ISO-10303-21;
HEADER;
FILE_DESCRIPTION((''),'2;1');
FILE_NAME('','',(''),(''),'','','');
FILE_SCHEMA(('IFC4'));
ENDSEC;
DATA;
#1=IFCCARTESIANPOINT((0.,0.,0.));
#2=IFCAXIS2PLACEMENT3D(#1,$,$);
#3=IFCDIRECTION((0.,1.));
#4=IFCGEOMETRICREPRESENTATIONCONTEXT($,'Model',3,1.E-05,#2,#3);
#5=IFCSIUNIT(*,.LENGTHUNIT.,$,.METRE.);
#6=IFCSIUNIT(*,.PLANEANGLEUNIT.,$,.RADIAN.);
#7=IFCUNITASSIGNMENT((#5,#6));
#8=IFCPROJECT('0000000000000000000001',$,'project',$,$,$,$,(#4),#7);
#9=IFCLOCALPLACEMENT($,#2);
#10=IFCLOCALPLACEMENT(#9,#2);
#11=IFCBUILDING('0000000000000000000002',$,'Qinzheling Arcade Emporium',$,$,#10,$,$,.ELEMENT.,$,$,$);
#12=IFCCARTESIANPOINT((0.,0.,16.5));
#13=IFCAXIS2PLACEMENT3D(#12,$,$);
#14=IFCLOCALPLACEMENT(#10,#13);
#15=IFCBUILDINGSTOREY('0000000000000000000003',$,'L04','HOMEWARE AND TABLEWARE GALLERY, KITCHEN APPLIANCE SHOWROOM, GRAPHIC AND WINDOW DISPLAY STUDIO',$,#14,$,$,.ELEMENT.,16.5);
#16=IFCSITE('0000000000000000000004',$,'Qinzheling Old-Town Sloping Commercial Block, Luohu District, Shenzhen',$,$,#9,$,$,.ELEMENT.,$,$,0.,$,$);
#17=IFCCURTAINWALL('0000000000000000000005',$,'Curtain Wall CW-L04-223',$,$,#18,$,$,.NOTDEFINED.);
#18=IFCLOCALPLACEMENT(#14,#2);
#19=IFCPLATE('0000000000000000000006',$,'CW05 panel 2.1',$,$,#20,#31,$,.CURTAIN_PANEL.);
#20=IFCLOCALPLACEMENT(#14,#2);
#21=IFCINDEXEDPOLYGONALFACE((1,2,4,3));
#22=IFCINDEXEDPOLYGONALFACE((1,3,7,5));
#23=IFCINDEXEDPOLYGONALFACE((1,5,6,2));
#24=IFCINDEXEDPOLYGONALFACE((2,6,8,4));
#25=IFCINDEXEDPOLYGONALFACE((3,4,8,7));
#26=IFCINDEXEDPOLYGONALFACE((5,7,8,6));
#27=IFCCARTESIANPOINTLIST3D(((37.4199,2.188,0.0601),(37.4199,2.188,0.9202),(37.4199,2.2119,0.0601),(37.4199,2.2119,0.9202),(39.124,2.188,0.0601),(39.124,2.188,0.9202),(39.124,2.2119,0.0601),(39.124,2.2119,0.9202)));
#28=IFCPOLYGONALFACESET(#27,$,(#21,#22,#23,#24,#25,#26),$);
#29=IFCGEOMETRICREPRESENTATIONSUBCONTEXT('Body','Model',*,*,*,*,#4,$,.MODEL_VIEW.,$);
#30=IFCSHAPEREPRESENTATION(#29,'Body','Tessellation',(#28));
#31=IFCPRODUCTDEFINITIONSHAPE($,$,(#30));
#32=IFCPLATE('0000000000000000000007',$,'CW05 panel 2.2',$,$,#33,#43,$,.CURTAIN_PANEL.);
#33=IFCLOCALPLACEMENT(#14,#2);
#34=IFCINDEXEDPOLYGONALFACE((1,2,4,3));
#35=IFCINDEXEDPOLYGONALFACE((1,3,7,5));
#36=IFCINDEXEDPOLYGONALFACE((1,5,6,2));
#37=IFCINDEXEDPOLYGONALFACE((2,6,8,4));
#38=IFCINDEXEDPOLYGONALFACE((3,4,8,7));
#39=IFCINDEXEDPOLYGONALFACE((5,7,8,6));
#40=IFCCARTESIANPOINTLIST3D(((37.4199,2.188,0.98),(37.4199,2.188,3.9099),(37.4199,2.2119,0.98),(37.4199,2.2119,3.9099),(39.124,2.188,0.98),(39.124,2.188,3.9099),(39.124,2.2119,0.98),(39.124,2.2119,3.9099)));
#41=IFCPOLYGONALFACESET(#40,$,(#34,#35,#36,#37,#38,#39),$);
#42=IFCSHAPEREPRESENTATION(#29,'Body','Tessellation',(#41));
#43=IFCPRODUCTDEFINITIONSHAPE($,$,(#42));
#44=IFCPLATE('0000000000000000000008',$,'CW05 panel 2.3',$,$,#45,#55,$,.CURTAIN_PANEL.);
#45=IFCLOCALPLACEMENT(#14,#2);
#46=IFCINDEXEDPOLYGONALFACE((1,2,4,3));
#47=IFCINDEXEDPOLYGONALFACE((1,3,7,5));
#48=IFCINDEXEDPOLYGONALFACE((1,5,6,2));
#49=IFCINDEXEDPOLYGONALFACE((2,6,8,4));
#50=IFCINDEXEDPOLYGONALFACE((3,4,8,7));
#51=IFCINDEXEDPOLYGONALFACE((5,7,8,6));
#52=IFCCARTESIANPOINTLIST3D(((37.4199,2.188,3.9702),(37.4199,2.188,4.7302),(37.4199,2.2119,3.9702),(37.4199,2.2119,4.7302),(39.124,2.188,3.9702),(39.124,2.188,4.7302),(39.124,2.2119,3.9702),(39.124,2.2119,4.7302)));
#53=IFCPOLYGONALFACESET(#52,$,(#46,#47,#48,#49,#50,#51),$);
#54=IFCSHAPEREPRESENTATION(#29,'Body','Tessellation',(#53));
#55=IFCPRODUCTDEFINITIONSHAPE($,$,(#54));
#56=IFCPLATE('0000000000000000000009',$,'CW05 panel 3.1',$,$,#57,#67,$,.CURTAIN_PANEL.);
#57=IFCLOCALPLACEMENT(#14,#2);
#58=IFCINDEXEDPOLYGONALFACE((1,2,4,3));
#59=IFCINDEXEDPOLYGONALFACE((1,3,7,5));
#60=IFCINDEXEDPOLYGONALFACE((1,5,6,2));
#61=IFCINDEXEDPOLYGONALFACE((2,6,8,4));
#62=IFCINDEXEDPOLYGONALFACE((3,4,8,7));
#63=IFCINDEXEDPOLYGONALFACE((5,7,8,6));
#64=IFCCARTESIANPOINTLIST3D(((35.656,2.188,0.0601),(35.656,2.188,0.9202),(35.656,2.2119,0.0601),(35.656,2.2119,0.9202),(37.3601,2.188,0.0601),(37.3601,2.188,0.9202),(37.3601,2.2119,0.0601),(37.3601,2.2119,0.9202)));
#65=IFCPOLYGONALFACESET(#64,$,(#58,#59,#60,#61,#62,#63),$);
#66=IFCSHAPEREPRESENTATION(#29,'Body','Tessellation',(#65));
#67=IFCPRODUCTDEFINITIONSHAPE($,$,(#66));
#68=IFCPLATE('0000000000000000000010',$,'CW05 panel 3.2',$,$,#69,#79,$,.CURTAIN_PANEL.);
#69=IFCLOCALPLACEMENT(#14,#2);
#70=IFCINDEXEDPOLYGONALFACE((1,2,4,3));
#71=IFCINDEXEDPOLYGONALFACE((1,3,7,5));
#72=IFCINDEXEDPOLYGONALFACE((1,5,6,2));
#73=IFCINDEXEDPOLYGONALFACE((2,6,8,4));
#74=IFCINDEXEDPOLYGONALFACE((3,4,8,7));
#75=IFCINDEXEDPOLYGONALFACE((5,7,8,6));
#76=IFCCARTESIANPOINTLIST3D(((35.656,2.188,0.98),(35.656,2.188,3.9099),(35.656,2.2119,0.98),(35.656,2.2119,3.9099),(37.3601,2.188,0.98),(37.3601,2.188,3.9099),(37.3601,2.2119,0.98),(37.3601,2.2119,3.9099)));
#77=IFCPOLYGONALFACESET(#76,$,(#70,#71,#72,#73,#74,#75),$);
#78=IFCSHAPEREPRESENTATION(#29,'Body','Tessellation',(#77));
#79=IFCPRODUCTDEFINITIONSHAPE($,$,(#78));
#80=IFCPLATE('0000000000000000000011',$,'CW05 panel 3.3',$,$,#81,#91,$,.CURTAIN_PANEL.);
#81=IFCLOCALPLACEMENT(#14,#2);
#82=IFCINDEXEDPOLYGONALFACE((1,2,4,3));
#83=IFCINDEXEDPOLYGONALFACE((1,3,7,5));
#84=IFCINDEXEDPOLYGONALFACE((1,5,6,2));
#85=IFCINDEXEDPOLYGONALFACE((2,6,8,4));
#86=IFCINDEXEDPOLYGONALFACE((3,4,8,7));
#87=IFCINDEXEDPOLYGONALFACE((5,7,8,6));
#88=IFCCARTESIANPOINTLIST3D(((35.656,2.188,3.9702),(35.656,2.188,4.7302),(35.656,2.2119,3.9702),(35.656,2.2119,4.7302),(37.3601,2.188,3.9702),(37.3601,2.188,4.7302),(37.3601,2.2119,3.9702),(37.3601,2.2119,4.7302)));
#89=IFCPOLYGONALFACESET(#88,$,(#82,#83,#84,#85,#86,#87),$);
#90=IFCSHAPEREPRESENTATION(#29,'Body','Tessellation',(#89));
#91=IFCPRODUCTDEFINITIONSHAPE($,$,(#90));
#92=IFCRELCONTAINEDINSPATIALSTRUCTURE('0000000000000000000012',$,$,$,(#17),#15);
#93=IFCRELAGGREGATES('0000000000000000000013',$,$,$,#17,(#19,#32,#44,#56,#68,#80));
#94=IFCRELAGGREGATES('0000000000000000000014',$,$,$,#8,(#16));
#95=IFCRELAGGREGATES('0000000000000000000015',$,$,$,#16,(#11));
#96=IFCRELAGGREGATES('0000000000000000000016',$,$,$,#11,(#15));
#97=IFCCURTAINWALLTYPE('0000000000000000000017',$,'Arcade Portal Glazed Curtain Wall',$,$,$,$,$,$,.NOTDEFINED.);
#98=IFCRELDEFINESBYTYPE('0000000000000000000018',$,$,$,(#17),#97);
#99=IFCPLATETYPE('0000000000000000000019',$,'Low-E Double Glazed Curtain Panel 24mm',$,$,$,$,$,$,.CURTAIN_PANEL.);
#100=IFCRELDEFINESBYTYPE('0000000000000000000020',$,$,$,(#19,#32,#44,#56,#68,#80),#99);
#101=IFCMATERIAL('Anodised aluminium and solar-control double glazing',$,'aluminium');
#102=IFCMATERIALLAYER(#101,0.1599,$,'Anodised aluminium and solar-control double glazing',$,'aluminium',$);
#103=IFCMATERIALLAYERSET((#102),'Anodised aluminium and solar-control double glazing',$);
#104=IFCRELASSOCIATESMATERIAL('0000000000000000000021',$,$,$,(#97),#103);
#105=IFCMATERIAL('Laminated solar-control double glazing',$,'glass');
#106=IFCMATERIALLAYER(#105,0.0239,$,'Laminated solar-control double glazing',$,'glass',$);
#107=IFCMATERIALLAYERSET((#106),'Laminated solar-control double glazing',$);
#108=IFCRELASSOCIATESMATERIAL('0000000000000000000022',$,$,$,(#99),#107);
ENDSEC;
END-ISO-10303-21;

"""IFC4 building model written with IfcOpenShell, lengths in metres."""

from ifc_helpers import new_model, si_unit, direction, frame, origin, origin_2d, place, context, subcontext, project, spatial, rectangle, extrude, material, layer, layer_set, type_object, element, aggregate, save


model = new_model("IFC4")

# Units and contexts
model_context = context("Model", 3, precision=1e-05, world=origin(), true_north=direction((0.0, 1.0)))
body_context = subcontext(model_context, "Body", "Model", "MODEL_VIEW")
ifc_project = project(units=[si_unit("LENGTHUNIT", "METRE"), si_unit("PLANEANGLEUNIT", "RADIAN")], contexts=[model_context])

# Site, building, storey
site_placement = place(None, origin())
site = spatial("IfcSite", under=ifc_project, at=site_placement, Name="Qinzheling Old-Town Sloping Commercial Block, Luohu District, Shenzhen", CompositionType="ELEMENT", RefElevation=0.0)
building_placement = place(site_placement, origin())
building = spatial("IfcBuilding", under=site, at=building_placement, Name="Qinzheling Arcade Emporium", CompositionType="ELEMENT")
storey_placement = place(building_placement, frame((0.0, 0.0, 16.5)))
storey = spatial("IfcBuildingStorey", under=building, at=storey_placement, Name="L04", Description="HOMEWARE AND TABLEWARE GALLERY, KITCHEN APPLIANCE SHOWROOM, GRAPHIC AND WINDOW DISPLAY STUDIO", CompositionType="ELEMENT", Elevation=16.5)

# Curtain wall
ifc_material_1 = material(Name="Anodised aluminium and solar-control double glazing", Category="aluminium")
ifc_layer_1 = layer(ifc_material_1, 0.1599, Name="Anodised aluminium and solar-control double glazing", Category="aluminium")
ifc_layer_set_1 = layer_set([ifc_layer_1], Name="Anodised aluminium and solar-control double glazing")
curtain_wall_type = type_object("IfcCurtainWallType", Name="Arcade Portal Glazed Curtain Wall", PredefinedType="NOTDEFINED", material=ifc_layer_set_1)
curtain_wall_1_placement = place(storey_placement, origin())
curtain_wall_1 = element("IfcCurtainWall", 1, at=curtain_wall_1_placement, inside=storey, type_object=curtain_wall_type, Name="Curtain Wall CW-L04-223", PredefinedType="NOTDEFINED")

# Plates
ifc_material_2 = material(Name="Laminated solar-control double glazing", Category="glass")
ifc_layer_2 = layer(ifc_material_2, 0.0239, Name="Laminated solar-control double glazing", Category="glass")
ifc_layer_set_2 = layer_set([ifc_layer_2], Name="Laminated solar-control double glazing")
plate_type_1 = type_object("IfcPlateType", Name="Low-E Double Glazed Curtain Panel 24mm", PredefinedType="CURTAIN_PANEL", material=ifc_layer_set_2)
plate_1_placement = place(storey_placement, frame((38.272, 2.2, 0.0601), z_axis=(0.0, 0.0, 1.0), x_axis=(-1.0, 0.0, 0.0)))
plate_1 = element("IfcPlate", 2, at=plate_1_placement, type_object=plate_type_1, Name="CW05 panel 2.1", PredefinedType="CURTAIN_PANEL", context=body_context, shape_type="SweptSolid", body=[
    extrude(rectangle(XDim=1.7041, YDim=0.0239, at=origin_2d()), origin(), (0.0, 0.0, 1.0), 0.8601),
])
plate_2_placement = place(storey_placement, frame((38.272, 2.2, 0.98), z_axis=(0.0, 0.0, 1.0), x_axis=(-1.0, 0.0, 0.0)))
plate_2 = element("IfcPlate", 3, at=plate_2_placement, type_object=plate_type_1, Name="CW05 panel 2.2", PredefinedType="CURTAIN_PANEL", context=body_context, shape_type="SweptSolid", body=[
    extrude(rectangle(XDim=1.7041, YDim=0.0239, at=origin_2d()), origin(), (0.0, 0.0, 1.0), 2.9299),
])
plate_3_placement = place(storey_placement, frame((38.272, 2.2, 3.9702), z_axis=(0.0, 0.0, 1.0), x_axis=(-1.0, 0.0, 0.0)))
plate_3 = element("IfcPlate", 4, at=plate_3_placement, type_object=plate_type_1, Name="CW05 panel 2.3", PredefinedType="CURTAIN_PANEL", context=body_context, shape_type="SweptSolid", body=[
    extrude(rectangle(XDim=1.7041, YDim=0.0239, at=origin_2d()), origin(), (0.0, 0.0, 1.0), 0.76),
])
plate_4_placement = place(storey_placement, frame((36.5081, 2.2, 0.0601), z_axis=(0.0, 0.0, 1.0), x_axis=(-1.0, 0.0, 0.0)))
plate_4 = element("IfcPlate", 5, at=plate_4_placement, type_object=plate_type_1, Name="CW05 panel 3.1", PredefinedType="CURTAIN_PANEL", context=body_context, shape_type="SweptSolid", body=[
    extrude(rectangle(XDim=1.7041, YDim=0.0239, at=origin_2d()), origin(), (0.0, 0.0, 1.0), 0.8601),
])
plate_5_placement = place(storey_placement, frame((36.5081, 2.2, 0.98), z_axis=(0.0, 0.0, 1.0), x_axis=(-1.0, 0.0, 0.0)))
plate_5 = element("IfcPlate", 6, at=plate_5_placement, type_object=plate_type_1, Name="CW05 panel 3.2", PredefinedType="CURTAIN_PANEL", context=body_context, shape_type="SweptSolid", body=[
    extrude(rectangle(XDim=1.7041, YDim=0.0239, at=origin_2d()), origin(), (0.0, 0.0, 1.0), 2.9299),
])
plate_6_placement = place(storey_placement, frame((36.5081, 2.2, 3.9702), z_axis=(0.0, 0.0, 1.0), x_axis=(-1.0, 0.0, 0.0)))
plate_6 = element("IfcPlate", 7, at=plate_6_placement, type_object=plate_type_1, Name="CW05 panel 3.3", PredefinedType="CURTAIN_PANEL", context=body_context, shape_type="SweptSolid", body=[
    extrude(rectangle(XDim=1.7041, YDim=0.0239, at=origin_2d()), origin(), (0.0, 0.0, 1.0), 0.76),
])
aggregate(curtain_wall_1, [plate_1, plate_2, plate_3, plate_4, plate_5, plate_6])

save(model, "model.ifc")
